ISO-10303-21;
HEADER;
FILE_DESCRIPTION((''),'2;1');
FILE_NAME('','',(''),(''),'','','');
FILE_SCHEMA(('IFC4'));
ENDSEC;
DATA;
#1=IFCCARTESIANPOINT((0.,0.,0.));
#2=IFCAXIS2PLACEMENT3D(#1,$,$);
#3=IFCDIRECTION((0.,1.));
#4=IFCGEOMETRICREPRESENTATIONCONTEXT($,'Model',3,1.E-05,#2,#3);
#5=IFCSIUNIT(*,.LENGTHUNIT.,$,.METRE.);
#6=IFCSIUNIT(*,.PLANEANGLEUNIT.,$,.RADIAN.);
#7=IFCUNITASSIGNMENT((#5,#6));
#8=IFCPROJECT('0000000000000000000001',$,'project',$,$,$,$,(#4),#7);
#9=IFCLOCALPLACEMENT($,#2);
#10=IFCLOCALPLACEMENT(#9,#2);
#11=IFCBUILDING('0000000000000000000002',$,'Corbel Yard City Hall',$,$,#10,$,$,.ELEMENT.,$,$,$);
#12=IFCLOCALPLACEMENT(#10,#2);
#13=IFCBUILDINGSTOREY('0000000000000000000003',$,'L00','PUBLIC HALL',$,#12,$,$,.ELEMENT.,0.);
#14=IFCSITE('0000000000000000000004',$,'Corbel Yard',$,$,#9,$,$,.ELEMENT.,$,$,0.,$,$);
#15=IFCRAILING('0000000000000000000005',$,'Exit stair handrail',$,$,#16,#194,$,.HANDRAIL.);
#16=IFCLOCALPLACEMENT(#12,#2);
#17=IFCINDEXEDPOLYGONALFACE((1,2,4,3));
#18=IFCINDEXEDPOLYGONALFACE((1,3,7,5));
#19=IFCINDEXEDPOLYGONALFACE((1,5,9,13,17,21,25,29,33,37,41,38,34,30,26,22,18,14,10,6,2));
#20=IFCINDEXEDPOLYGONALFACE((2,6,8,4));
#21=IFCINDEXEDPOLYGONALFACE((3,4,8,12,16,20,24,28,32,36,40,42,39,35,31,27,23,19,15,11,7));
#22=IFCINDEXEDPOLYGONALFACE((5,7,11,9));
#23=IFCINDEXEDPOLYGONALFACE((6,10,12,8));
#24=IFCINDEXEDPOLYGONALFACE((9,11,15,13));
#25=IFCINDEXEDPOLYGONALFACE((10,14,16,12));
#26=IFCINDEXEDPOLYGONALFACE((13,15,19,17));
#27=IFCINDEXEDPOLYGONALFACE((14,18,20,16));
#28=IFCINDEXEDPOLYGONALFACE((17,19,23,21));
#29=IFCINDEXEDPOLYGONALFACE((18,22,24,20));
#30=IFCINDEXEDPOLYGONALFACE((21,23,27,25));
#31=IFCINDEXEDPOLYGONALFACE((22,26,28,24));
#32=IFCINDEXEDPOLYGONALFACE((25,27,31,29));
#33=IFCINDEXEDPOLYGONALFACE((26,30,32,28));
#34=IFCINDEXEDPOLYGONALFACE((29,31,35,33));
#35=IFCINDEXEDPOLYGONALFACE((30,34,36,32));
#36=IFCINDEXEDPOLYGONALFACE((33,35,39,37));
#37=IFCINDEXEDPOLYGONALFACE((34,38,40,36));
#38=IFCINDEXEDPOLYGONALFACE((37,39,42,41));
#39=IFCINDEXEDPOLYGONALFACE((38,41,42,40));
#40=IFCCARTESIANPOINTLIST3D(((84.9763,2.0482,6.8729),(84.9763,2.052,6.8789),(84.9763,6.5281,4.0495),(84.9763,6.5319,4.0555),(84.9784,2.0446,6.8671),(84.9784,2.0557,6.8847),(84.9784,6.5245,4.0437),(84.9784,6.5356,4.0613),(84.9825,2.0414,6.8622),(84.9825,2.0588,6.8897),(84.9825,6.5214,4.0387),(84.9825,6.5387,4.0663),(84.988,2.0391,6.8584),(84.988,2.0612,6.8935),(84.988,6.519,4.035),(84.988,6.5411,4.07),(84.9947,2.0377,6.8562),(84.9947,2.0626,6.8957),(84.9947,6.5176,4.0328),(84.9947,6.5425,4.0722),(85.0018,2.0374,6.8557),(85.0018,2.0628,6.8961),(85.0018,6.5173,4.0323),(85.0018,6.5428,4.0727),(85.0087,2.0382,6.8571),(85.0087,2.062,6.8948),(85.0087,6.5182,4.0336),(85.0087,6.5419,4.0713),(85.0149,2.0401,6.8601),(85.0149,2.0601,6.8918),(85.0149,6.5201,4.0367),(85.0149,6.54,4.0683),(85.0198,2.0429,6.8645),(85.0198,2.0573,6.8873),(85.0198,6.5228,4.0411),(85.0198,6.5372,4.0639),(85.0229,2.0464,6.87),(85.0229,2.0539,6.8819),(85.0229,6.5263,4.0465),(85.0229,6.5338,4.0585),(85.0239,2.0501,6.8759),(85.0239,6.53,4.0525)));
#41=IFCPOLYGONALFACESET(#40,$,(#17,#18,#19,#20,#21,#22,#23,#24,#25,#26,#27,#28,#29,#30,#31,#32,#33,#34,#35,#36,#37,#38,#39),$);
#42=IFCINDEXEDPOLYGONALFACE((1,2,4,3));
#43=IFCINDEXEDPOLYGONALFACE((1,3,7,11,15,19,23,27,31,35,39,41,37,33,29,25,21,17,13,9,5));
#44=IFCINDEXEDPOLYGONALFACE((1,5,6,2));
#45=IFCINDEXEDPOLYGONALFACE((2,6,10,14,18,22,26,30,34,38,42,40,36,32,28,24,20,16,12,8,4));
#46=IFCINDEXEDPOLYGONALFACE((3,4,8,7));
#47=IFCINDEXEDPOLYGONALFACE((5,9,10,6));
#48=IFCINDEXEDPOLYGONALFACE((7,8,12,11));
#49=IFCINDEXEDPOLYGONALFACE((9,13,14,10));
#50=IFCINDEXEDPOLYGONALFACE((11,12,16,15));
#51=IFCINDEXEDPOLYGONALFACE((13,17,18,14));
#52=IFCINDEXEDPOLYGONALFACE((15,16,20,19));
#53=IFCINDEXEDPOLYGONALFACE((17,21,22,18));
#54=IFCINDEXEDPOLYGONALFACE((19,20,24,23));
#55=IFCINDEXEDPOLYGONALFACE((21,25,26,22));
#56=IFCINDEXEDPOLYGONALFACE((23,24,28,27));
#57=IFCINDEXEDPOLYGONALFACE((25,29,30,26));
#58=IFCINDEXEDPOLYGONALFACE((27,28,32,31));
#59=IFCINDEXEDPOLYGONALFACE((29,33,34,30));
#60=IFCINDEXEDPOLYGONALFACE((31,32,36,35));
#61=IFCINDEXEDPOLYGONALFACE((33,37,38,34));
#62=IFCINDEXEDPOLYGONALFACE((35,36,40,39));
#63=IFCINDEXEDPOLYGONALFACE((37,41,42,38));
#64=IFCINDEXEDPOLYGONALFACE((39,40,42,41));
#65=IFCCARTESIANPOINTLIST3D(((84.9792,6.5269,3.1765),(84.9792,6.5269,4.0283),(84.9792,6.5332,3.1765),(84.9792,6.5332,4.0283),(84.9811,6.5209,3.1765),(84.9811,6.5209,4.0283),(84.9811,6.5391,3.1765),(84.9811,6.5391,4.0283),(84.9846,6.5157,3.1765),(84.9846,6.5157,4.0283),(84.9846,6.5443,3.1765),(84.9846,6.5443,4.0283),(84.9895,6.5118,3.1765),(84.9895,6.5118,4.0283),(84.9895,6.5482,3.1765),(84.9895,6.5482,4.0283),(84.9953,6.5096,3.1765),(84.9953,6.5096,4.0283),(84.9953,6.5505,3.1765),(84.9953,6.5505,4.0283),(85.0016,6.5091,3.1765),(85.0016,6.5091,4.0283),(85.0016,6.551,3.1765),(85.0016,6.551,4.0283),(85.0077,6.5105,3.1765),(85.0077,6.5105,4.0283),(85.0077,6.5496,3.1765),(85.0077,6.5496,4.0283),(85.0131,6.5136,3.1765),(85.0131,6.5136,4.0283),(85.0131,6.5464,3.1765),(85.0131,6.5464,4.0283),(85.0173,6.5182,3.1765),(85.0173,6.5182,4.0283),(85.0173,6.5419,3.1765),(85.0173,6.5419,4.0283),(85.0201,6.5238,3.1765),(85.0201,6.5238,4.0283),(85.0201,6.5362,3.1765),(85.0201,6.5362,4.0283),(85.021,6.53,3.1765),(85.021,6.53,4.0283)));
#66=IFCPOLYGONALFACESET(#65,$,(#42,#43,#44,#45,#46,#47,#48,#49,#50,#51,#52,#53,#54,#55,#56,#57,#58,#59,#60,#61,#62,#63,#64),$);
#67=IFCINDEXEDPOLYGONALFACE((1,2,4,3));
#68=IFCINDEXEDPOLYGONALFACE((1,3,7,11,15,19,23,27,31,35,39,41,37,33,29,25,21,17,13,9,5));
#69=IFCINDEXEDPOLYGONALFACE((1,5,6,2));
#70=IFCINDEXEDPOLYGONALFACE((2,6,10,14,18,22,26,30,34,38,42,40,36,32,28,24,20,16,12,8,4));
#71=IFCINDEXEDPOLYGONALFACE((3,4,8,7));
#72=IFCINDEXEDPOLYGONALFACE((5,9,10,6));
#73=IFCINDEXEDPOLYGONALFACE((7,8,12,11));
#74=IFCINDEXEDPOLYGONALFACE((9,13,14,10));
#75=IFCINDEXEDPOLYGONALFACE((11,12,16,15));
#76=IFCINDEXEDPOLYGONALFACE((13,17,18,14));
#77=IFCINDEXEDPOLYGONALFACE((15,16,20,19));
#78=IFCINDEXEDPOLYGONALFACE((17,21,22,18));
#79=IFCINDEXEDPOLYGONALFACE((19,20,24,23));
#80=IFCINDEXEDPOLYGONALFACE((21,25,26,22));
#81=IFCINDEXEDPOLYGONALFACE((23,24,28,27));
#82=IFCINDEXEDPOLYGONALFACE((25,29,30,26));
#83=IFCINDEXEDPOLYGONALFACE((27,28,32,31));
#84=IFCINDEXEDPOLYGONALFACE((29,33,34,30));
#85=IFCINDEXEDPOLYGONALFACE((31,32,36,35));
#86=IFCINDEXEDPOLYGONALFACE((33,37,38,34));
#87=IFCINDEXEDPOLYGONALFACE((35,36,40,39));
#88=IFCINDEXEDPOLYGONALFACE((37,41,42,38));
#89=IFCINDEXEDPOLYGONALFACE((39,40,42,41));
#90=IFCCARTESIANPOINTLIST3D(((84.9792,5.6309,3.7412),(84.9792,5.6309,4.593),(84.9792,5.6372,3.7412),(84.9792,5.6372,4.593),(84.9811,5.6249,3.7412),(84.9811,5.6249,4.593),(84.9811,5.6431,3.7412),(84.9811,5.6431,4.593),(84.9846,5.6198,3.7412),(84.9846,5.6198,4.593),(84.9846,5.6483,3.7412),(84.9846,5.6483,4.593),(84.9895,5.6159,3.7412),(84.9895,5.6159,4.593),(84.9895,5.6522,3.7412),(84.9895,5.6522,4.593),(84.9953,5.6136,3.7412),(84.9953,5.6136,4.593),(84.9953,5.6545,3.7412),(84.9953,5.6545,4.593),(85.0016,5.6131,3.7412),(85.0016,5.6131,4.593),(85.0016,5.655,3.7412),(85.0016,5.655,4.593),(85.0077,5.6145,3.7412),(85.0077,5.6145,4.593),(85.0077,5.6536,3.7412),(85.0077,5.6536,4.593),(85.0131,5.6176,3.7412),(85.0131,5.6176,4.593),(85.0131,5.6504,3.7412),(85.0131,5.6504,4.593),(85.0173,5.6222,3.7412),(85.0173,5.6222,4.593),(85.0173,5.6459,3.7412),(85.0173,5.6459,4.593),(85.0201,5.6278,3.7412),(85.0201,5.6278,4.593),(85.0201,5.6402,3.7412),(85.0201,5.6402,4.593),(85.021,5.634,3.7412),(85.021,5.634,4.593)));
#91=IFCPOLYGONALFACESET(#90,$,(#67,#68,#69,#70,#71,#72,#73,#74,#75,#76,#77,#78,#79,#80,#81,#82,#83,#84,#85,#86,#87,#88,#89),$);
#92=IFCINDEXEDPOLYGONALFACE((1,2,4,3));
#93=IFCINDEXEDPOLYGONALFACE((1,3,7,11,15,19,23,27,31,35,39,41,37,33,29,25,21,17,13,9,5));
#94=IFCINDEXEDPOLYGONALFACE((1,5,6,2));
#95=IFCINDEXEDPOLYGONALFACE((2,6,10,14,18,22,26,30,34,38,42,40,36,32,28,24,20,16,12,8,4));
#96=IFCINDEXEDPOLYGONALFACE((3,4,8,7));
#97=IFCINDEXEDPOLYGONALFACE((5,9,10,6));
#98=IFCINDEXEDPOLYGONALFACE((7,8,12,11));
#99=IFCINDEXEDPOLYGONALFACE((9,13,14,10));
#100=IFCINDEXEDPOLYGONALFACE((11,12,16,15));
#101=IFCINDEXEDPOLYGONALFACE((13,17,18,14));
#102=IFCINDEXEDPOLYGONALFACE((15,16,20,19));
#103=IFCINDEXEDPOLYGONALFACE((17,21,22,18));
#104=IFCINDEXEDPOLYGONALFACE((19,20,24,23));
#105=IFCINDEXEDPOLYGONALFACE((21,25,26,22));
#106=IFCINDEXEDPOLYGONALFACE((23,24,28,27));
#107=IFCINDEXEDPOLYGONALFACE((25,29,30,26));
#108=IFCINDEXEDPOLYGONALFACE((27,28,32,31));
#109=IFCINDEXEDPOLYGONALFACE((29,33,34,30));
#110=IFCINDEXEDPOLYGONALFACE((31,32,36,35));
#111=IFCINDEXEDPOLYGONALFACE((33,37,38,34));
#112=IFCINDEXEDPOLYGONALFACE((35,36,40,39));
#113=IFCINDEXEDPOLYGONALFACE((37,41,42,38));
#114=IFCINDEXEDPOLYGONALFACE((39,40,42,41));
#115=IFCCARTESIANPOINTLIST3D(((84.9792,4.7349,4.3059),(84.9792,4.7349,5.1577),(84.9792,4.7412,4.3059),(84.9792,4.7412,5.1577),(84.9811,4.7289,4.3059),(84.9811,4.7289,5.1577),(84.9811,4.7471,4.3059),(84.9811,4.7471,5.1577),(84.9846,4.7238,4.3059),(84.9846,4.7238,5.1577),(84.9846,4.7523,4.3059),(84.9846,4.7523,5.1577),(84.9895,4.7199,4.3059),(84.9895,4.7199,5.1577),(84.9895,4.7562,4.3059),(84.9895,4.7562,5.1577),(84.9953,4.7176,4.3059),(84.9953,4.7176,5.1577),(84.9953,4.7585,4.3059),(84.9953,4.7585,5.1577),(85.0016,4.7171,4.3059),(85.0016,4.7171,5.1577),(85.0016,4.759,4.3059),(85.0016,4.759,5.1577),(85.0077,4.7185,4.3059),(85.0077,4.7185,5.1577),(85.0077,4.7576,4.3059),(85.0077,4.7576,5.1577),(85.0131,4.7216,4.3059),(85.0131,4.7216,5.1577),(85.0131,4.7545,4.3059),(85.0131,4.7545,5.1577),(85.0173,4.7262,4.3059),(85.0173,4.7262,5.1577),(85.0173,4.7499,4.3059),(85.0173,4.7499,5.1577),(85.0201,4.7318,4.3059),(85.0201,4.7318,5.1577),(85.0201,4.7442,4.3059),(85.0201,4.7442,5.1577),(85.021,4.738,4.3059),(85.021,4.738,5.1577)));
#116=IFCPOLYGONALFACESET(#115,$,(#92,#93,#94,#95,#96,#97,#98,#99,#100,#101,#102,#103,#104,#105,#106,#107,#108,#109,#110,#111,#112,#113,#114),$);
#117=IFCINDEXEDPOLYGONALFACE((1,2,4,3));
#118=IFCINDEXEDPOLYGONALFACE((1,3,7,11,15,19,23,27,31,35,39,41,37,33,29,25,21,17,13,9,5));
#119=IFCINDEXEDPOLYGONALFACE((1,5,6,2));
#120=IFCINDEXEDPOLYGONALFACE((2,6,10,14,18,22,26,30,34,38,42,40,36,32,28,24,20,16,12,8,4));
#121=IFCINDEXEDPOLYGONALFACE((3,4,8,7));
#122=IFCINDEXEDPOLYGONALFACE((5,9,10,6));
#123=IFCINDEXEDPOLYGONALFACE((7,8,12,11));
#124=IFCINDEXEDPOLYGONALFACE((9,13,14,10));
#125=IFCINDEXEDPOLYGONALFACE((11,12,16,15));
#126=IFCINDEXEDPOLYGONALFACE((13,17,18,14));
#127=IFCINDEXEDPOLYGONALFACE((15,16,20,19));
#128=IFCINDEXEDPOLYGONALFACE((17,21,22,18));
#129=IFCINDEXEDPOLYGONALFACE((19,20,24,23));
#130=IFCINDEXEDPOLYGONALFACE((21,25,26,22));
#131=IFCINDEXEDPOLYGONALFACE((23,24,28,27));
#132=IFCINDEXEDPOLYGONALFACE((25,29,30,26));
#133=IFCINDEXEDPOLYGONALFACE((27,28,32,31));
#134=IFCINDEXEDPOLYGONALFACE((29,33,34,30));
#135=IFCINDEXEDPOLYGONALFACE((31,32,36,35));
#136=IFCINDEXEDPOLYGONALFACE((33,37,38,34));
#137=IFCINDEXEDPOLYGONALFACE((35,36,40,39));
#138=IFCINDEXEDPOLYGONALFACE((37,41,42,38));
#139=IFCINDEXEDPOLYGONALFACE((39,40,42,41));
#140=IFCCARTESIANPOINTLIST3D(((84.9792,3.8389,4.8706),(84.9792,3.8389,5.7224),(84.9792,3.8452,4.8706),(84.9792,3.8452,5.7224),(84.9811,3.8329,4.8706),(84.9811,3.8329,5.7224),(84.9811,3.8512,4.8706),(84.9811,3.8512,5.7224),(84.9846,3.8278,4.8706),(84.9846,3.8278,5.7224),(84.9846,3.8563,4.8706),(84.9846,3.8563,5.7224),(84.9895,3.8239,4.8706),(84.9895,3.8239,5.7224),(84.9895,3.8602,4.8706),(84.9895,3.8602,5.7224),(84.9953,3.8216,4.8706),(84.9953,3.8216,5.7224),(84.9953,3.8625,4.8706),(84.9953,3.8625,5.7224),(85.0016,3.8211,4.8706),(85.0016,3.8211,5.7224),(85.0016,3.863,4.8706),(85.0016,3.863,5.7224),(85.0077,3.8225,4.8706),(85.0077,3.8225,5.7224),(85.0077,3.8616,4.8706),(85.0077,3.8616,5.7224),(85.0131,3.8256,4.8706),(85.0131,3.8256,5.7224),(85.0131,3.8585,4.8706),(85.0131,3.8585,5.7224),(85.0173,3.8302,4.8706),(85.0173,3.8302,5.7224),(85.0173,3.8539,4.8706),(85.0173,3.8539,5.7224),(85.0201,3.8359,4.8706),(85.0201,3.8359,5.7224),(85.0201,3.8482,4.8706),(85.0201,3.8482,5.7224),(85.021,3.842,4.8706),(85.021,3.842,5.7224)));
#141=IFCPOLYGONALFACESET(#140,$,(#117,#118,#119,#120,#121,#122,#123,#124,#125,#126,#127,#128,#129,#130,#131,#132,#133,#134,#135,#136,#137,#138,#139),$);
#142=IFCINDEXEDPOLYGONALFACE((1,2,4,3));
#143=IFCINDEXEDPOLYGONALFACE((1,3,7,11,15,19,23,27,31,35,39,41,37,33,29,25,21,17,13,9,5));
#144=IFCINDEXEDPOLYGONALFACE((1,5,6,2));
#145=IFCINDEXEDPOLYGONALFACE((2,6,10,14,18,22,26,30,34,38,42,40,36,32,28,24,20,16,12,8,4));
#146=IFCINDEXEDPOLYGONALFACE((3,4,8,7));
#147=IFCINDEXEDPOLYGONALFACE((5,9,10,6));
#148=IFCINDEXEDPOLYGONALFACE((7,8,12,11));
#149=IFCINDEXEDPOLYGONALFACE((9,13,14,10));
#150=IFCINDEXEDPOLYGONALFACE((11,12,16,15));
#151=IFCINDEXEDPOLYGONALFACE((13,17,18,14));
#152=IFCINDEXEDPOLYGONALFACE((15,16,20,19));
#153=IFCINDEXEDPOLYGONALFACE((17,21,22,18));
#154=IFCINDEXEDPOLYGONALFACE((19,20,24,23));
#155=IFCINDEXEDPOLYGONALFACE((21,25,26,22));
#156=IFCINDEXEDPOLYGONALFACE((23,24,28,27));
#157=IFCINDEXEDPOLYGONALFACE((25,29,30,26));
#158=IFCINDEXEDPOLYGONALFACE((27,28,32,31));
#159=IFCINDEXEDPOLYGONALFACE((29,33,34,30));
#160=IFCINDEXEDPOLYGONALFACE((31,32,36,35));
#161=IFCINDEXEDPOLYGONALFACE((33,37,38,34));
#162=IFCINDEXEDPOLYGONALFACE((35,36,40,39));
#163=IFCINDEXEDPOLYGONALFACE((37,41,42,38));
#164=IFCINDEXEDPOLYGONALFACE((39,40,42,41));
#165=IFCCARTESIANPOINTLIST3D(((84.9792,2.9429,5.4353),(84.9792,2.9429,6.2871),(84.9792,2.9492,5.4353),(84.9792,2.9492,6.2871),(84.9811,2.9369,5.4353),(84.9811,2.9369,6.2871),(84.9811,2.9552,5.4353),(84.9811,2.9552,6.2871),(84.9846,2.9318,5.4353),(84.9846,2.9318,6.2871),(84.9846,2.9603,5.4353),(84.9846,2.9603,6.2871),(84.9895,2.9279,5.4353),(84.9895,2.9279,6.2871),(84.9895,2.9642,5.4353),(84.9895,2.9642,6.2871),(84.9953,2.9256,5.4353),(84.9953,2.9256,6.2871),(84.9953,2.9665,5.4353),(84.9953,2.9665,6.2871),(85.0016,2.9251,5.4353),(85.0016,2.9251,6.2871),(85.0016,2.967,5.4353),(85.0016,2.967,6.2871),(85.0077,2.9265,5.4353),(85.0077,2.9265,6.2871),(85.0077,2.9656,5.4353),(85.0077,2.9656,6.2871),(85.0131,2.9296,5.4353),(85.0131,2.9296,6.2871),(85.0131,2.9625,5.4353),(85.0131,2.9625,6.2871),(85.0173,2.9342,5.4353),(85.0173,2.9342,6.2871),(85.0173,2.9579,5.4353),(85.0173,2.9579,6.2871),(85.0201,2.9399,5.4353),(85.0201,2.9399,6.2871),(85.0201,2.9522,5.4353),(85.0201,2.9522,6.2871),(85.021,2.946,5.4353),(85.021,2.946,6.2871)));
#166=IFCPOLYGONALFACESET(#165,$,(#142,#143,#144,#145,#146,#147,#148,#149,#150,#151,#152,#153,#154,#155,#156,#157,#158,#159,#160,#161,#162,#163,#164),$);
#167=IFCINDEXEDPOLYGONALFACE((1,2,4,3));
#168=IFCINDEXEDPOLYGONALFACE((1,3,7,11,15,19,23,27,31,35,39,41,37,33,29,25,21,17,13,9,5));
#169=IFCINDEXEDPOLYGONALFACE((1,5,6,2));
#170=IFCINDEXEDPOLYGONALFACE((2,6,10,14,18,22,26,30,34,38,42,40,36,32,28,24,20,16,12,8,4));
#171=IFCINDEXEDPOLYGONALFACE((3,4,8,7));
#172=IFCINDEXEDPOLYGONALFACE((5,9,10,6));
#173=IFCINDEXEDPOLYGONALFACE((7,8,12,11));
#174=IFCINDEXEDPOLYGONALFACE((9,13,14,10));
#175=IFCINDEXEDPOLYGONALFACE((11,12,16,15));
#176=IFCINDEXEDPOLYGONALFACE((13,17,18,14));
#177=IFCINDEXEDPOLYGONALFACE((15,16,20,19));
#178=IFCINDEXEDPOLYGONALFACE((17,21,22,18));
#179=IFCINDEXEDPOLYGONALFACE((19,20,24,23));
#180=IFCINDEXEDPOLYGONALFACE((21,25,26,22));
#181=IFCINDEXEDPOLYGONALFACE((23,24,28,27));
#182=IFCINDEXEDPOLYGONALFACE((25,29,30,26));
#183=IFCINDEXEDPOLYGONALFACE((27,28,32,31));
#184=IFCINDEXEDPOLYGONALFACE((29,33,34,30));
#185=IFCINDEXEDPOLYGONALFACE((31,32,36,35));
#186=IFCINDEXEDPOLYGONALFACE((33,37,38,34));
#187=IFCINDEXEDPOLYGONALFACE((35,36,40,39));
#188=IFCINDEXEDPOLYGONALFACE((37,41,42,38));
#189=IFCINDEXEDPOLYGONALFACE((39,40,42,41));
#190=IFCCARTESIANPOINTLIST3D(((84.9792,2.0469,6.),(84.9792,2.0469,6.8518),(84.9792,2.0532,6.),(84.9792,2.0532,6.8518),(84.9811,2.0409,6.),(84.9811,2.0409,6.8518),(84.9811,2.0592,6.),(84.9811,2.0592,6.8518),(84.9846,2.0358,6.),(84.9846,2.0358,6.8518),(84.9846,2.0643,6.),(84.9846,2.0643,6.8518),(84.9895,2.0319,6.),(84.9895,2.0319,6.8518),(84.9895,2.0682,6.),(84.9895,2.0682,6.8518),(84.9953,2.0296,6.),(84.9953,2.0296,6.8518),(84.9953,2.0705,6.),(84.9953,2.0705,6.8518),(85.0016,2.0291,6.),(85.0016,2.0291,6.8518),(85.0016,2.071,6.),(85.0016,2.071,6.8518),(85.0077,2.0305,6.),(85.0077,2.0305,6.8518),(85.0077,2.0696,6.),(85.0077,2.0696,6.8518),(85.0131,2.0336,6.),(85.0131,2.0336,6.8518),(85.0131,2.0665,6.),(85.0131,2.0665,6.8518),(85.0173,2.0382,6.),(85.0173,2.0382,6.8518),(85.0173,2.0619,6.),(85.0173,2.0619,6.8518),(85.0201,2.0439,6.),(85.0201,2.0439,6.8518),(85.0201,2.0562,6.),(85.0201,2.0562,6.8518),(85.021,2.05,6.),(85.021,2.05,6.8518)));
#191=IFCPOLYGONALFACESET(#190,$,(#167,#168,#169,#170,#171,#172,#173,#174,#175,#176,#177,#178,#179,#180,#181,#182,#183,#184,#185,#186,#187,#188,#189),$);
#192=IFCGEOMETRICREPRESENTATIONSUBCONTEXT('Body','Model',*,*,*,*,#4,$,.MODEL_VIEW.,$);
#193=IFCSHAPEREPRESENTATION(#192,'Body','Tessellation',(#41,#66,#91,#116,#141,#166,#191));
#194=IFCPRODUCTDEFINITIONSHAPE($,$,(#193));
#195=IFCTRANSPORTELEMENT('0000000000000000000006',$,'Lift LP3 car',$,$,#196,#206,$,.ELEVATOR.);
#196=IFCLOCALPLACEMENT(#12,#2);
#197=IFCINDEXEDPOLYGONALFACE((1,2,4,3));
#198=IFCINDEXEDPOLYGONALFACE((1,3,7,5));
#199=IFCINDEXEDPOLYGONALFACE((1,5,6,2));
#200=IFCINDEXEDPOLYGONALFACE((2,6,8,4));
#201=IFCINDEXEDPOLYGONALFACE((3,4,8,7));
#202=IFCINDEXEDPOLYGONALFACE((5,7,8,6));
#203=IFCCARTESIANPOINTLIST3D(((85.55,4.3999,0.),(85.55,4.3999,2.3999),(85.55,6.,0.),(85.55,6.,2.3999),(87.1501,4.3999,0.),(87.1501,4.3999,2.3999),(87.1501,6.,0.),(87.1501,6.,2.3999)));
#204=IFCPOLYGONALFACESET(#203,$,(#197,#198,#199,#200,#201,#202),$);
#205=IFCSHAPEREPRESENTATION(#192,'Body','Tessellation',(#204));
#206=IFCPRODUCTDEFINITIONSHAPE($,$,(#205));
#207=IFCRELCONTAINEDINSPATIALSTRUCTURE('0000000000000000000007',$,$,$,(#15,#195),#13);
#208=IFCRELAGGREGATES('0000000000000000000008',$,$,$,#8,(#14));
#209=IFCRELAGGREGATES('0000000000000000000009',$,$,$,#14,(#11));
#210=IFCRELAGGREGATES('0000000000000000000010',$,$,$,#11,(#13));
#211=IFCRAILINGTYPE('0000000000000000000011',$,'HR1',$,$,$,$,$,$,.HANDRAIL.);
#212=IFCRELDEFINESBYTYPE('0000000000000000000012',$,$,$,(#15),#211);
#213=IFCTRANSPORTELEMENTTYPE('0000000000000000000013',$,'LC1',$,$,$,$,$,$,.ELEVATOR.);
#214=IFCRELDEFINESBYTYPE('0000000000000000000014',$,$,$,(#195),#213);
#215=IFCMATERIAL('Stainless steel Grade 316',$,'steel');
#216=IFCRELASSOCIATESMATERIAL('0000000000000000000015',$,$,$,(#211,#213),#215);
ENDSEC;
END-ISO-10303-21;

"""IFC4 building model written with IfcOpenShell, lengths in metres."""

from ifc_helpers import new_model, si_unit, direction, frame, origin, origin_2d, place, context, subcontext, project, spatial, rectangle, circle, extrude, material, type_object, element, save


model = new_model("IFC4")

# Units and contexts
model_context = context("Model", 3, precision=1e-05, world=origin(), true_north=direction((0.0, 1.0)))
body_context = subcontext(model_context, "Body", "Model", "MODEL_VIEW")
ifc_project = project(units=[si_unit("LENGTHUNIT", "METRE"), si_unit("PLANEANGLEUNIT", "RADIAN")], contexts=[model_context])

# Site, building, storey
site_placement = place(None, origin())
site = spatial("IfcSite", under=ifc_project, at=site_placement, Name="Corbel Yard", CompositionType="ELEMENT", RefElevation=0.0)
building_placement = place(site_placement, origin())
building = spatial("IfcBuilding", under=site, at=building_placement, Name="Corbel Yard City Hall", CompositionType="ELEMENT")
storey_placement = place(building_placement, origin())
storey = spatial("IfcBuildingStorey", under=building, at=storey_placement, Name="L00", Description="PUBLIC HALL", CompositionType="ELEMENT", Elevation=0.0)

# Railing
ifc_material_1 = material(Name="Stainless steel Grade 316", Category="steel")
railing_type = type_object("IfcRailingType", Name="HR1", PredefinedType="HANDRAIL", material=ifc_material_1)
for number, where, name in (
    (1, (85.0, 6.53, 3.1765), "Exit stair handrail"),
):
    element("IfcRailing", number, at=place(storey_placement, frame(where)), inside=storey, type_object=railing_type, Name=name, PredefinedType="HANDRAIL", context=body_context, shape_type="SweptSolid", body=[
        extrude(circle(Radius=0.0239, at=origin_2d()), frame((0.0, 0.0, 0.876), z_axis=(0.0, -0.845998, 0.533186), x_axis=(1.0, 0.0, 0.0)), (0.0, 0.0, 1.0), 5.2954),
        extrude(circle(Radius=0.021, at=origin_2d()), origin(), (0.0, 0.0, 1.0), 0.8518),
        extrude(circle(Radius=0.021, at=origin_2d()), frame((0.0, -0.896, 0.5647)), (0.0, 0.0, 1.0), 0.8518),
        extrude(circle(Radius=0.021, at=origin_2d()), frame((0.0, -1.792, 1.1294)), (0.0, 0.0, 1.0), 0.8518),
        extrude(circle(Radius=0.021, at=origin_2d()), frame((0.0, -2.688, 1.6941)), (0.0, 0.0, 1.0), 0.8518),
        extrude(circle(Radius=0.021, at=origin_2d()), frame((0.0, -3.584, 2.2588)), (0.0, 0.0, 1.0), 0.8518),
        extrude(circle(Radius=0.021, at=origin_2d()), frame((0.0, -4.48, 2.8235)), (0.0, 0.0, 1.0), 0.8518),
    ])

# Transport element
transport_element_type = type_object("IfcTransportElementType", Name="LC1", PredefinedType="ELEVATOR", material=ifc_material_1)
transport_element_placement = place(storey_placement, frame((86.3501, 5.2, 0.0), z_axis=(0.0, 0.0, 1.0), x_axis=(1.0, 0.0, 0.0)))
element("IfcTransportElement", 2, at=transport_element_placement, inside=storey, type_object=transport_element_type, Name="Lift LP3 car", PredefinedType="ELEVATOR", context=body_context, shape_type="SweptSolid", body=[
    extrude(rectangle(XDim=1.6001, YDim=1.6001, at=origin_2d()), origin(), (0.0, 0.0, 1.0), 2.3999),
])

save(model, "model.ifc")
